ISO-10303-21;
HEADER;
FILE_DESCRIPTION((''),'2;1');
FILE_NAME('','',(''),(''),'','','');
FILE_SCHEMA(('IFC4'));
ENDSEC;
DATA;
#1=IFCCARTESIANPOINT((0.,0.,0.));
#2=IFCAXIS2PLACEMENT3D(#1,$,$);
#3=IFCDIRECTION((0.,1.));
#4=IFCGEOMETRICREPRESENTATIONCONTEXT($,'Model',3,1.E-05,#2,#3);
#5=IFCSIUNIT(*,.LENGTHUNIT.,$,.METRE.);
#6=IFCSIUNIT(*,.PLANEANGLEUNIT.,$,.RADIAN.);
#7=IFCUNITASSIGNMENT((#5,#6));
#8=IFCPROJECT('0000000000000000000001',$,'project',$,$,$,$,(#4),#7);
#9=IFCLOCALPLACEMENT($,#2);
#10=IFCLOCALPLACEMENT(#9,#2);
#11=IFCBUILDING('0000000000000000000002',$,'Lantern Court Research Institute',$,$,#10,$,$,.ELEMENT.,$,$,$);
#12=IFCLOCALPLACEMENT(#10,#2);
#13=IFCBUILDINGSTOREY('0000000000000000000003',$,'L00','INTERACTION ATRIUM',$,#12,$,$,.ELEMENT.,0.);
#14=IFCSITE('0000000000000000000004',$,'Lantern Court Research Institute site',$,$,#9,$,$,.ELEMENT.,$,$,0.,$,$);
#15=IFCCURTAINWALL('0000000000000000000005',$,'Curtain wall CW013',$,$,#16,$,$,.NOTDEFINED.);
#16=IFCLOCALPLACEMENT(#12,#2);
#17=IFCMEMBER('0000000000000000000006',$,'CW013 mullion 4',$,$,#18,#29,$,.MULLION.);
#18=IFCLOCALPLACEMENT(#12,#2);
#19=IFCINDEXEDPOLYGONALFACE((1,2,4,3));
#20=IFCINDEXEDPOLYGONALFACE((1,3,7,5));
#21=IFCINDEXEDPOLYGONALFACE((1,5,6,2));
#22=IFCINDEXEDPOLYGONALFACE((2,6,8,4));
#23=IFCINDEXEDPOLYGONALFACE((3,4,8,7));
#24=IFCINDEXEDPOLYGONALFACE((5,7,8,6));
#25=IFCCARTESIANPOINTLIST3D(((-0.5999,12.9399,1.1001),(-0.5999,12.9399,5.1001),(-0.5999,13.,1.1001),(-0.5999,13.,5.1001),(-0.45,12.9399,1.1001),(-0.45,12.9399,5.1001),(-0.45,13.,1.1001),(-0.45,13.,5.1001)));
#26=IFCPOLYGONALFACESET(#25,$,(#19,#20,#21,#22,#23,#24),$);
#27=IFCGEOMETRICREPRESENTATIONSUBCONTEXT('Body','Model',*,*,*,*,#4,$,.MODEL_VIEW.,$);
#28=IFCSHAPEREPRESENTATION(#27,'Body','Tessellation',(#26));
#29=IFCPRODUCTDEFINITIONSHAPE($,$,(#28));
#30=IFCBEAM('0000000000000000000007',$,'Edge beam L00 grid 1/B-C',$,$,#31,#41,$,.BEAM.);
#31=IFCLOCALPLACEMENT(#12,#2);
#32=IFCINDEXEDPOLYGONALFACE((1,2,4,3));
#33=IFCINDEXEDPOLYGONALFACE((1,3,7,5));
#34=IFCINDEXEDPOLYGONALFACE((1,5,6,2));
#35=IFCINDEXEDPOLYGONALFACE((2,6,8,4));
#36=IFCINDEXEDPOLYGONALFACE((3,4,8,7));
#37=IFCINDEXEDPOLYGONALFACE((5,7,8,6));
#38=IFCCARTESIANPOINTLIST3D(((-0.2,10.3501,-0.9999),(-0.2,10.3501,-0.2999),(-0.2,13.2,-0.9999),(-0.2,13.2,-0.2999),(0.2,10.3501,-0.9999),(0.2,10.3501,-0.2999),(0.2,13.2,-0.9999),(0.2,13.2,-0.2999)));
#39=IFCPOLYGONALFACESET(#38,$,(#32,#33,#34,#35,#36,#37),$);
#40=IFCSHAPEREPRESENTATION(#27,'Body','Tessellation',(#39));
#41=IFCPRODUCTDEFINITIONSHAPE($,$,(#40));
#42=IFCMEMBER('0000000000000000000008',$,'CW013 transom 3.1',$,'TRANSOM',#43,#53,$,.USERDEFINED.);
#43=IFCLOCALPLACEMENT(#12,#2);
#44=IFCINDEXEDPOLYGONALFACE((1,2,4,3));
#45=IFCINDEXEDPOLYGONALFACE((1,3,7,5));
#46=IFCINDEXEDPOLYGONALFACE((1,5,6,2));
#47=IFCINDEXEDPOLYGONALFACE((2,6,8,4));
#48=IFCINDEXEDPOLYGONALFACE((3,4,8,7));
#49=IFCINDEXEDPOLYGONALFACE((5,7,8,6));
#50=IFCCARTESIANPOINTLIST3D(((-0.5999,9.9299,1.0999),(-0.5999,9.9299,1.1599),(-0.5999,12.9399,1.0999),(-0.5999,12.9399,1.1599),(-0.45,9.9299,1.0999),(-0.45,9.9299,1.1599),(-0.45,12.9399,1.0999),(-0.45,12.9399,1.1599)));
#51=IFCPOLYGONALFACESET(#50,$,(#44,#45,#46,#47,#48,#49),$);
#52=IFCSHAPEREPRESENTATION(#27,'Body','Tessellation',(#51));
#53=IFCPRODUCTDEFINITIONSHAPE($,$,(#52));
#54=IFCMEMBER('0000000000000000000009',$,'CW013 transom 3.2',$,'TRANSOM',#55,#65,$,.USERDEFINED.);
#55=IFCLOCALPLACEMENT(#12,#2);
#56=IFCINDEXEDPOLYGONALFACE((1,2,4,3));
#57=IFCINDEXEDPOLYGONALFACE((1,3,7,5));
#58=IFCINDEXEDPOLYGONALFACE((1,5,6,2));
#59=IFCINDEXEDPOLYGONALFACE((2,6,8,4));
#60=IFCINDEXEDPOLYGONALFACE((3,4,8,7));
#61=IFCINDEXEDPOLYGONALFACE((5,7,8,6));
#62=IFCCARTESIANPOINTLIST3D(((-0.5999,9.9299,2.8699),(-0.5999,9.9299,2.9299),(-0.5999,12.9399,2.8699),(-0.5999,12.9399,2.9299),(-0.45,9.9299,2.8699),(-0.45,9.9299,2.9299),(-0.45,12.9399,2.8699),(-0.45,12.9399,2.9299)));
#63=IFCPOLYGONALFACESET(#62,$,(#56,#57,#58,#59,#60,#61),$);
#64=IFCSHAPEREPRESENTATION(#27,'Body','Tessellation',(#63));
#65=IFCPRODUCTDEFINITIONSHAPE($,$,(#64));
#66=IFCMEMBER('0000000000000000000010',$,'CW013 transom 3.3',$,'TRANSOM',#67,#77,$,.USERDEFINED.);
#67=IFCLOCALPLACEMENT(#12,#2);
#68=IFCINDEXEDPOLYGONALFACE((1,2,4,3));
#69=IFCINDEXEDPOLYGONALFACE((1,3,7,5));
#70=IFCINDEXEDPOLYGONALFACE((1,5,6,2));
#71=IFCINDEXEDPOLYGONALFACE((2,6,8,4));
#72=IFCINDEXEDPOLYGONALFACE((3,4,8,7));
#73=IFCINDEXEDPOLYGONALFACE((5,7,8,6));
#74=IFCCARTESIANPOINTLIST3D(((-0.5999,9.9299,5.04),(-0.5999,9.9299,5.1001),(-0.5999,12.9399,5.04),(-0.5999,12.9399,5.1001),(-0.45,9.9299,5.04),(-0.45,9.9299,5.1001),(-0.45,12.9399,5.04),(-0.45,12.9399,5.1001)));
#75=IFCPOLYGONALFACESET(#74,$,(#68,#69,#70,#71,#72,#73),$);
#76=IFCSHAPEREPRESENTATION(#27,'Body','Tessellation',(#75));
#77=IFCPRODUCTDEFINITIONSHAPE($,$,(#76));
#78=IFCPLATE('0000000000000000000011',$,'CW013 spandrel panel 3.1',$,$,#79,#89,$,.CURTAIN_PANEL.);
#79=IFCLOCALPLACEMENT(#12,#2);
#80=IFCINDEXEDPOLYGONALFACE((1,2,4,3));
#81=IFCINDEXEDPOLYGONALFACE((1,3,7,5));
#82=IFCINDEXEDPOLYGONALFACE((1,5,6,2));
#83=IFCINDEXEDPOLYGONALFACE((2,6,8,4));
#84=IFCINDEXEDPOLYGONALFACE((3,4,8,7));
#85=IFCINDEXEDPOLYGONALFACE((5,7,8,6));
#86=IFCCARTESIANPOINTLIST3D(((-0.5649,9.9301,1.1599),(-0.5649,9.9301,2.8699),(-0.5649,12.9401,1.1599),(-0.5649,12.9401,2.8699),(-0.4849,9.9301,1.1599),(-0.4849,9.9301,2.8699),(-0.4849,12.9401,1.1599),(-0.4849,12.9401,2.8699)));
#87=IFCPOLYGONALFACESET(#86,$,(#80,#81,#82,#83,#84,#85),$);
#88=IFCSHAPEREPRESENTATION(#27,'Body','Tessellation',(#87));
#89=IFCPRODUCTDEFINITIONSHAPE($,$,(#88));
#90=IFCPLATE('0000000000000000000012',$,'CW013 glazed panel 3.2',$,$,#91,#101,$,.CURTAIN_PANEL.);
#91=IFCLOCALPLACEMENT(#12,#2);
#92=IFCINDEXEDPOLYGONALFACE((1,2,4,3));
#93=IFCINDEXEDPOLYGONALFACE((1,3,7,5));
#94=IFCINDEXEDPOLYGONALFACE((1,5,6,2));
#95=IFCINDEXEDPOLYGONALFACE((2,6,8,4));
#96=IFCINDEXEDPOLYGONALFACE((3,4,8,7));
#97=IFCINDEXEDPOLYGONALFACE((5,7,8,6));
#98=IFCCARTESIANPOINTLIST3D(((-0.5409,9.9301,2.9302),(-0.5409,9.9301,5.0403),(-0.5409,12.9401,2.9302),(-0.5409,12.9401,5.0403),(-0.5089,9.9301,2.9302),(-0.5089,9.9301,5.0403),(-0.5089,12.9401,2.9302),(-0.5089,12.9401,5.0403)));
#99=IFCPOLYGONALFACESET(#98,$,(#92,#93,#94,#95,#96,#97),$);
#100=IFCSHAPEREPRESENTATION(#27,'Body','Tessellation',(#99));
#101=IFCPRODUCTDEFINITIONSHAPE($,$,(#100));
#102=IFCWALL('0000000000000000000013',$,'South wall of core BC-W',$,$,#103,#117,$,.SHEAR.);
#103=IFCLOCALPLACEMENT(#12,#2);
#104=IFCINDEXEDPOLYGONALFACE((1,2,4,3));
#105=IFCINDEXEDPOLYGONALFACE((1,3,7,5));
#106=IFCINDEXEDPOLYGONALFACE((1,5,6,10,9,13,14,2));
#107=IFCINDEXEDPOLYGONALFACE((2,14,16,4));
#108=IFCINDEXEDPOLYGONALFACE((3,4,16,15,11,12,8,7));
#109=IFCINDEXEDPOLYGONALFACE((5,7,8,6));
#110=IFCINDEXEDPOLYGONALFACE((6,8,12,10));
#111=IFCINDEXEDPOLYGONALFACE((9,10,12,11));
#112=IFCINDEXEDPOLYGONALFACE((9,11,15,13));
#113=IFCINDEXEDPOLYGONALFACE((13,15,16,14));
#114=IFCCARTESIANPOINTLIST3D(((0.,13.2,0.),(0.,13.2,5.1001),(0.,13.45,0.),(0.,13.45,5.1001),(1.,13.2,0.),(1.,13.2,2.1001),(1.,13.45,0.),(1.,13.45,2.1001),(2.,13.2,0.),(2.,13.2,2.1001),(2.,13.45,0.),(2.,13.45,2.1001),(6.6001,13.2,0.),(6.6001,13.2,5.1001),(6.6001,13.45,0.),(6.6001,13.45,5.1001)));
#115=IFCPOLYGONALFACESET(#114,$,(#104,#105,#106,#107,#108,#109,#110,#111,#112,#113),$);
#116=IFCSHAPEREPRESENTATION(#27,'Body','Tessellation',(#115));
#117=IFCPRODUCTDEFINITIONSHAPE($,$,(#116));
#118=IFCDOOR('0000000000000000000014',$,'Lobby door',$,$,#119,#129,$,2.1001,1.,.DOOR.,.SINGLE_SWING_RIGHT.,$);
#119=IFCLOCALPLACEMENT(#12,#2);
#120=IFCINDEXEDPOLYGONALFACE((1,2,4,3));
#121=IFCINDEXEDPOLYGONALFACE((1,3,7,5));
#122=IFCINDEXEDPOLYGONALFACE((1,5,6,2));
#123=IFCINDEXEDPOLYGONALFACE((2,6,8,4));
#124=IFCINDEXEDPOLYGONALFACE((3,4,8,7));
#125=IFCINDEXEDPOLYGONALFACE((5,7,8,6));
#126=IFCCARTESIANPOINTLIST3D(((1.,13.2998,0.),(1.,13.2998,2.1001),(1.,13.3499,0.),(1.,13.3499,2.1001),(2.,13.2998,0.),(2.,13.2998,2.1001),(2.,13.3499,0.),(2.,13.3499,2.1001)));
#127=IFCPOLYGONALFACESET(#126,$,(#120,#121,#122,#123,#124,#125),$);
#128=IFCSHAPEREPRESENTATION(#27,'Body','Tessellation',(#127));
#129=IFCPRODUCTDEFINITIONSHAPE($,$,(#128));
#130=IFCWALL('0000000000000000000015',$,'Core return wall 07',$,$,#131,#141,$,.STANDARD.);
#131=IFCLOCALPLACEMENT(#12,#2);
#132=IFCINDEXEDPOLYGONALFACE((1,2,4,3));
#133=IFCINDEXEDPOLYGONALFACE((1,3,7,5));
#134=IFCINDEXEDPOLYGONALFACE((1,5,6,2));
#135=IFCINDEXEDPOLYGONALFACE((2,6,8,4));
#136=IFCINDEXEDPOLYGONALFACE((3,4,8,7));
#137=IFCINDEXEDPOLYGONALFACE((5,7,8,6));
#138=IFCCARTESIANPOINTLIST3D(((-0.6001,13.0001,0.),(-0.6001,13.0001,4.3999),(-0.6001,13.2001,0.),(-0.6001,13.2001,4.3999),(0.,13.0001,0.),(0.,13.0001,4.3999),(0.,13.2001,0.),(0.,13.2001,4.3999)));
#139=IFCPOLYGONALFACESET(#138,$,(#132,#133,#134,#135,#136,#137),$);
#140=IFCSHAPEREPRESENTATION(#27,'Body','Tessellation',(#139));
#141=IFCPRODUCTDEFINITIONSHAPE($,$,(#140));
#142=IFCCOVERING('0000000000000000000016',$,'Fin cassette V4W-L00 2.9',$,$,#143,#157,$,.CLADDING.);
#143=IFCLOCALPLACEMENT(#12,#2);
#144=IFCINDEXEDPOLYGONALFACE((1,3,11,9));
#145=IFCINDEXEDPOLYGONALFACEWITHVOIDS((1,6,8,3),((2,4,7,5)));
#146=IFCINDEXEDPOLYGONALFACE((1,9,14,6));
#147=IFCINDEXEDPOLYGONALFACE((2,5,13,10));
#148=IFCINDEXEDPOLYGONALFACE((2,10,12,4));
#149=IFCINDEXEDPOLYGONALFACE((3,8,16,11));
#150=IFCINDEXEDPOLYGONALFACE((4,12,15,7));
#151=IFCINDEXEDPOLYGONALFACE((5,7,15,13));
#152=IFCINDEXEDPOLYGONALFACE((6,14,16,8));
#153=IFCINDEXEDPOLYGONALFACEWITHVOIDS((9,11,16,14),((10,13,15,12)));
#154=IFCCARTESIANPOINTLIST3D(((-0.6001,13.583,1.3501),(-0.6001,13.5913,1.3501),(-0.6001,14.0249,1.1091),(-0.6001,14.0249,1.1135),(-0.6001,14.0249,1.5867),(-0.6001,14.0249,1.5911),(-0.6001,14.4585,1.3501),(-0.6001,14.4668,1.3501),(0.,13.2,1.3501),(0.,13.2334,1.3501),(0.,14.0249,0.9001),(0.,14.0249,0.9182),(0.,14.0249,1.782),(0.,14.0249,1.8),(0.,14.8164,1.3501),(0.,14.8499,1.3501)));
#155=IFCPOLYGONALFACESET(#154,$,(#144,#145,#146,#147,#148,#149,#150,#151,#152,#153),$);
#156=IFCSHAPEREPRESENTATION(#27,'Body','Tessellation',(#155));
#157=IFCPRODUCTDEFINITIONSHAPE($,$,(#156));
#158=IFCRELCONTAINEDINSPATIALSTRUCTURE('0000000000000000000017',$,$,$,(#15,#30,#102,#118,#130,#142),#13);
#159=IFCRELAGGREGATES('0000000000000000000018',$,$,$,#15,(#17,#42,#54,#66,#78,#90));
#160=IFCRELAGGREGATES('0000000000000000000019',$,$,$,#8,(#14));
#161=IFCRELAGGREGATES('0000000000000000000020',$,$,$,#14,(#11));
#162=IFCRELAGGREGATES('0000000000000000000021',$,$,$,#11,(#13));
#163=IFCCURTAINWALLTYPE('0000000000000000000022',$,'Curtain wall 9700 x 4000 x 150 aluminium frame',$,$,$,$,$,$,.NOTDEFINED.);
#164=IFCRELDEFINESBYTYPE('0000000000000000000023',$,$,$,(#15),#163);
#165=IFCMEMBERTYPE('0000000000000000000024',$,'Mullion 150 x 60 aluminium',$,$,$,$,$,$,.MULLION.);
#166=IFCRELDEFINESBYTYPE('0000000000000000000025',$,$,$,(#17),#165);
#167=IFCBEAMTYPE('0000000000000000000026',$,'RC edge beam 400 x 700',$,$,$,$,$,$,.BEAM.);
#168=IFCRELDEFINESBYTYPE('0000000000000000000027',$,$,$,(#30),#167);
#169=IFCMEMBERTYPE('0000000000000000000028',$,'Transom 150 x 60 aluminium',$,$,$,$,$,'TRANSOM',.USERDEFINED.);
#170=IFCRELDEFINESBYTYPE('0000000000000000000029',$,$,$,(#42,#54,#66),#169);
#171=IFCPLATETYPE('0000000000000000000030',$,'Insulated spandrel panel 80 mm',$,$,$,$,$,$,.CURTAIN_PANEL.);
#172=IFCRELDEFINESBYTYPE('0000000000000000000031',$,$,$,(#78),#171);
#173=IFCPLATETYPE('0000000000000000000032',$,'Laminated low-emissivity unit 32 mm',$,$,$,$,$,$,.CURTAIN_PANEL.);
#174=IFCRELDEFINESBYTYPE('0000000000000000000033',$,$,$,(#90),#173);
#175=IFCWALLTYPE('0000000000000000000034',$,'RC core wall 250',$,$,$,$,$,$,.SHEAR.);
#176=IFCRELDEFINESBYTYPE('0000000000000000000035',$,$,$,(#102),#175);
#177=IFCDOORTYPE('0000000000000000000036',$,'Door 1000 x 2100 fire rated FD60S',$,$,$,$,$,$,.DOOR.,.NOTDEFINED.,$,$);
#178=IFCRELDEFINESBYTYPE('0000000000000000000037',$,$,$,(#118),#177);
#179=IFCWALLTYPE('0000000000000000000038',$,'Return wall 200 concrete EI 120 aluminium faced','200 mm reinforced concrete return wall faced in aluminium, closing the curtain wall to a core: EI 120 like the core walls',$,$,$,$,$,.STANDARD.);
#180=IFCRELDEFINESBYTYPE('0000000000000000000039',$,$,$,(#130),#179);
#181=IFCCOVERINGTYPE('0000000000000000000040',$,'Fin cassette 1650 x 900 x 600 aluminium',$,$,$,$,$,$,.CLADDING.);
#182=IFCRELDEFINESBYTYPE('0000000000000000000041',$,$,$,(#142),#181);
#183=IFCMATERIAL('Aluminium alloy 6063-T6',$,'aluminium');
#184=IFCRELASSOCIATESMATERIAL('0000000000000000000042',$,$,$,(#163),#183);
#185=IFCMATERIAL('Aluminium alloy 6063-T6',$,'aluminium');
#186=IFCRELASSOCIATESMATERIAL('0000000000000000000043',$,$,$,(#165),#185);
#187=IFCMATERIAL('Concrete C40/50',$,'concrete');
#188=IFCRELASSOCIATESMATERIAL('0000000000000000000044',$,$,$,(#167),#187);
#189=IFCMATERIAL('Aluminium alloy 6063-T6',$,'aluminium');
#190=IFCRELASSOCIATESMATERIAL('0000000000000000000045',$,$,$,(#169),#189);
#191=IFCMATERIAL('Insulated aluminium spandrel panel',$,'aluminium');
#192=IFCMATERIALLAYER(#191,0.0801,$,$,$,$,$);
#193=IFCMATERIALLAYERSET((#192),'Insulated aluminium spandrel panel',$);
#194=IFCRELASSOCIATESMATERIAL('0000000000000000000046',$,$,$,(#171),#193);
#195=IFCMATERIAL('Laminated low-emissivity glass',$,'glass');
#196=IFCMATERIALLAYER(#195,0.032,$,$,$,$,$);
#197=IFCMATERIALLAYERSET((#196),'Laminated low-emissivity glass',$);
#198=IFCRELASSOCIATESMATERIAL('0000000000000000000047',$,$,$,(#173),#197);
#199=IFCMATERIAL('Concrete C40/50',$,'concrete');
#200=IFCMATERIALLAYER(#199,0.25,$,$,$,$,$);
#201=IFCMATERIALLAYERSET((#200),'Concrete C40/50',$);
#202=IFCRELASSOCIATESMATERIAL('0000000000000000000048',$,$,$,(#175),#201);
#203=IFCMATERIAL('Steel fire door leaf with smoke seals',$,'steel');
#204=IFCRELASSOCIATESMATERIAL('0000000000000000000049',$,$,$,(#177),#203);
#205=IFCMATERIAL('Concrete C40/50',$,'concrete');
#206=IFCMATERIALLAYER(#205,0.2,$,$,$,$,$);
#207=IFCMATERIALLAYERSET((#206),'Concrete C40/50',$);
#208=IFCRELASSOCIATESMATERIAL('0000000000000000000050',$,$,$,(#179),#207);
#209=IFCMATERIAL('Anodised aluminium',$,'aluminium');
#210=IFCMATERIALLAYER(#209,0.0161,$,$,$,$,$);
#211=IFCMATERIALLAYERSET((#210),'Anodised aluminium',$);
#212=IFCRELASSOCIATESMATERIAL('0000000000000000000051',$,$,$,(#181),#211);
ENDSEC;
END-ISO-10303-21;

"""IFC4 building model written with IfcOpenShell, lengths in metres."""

from ifc_helpers import new_model, entity, si_unit, direction, frame, frame_2d, origin, origin_2d, place, context, subcontext, project, spatial, rectangle, extrude, material, layer, layer_set, material_profile, profile_set, type_object, element, fill, aggregate, save


model = new_model("IFC4")

# Units and contexts
model_context = context("Model", 3, precision=1e-05, world=origin(), true_north=direction((0.0, 1.0)))
body_context = subcontext(model_context, "Body", "Model", "MODEL_VIEW")
ifc_project = project(units=[si_unit("LENGTHUNIT", "METRE"), si_unit("PLANEANGLEUNIT", "RADIAN")], contexts=[model_context])

# Site, building, storey
site_placement = place(None, origin())
site = spatial("IfcSite", under=ifc_project, at=site_placement, Name="Lantern Court Research Institute site", CompositionType="ELEMENT", RefElevation=0.0)
building_placement = place(site_placement, origin())
building = spatial("IfcBuilding", under=site, at=building_placement, Name="Lantern Court Research Institute", CompositionType="ELEMENT")
storey_placement = place(building_placement, origin())
storey = spatial("IfcBuildingStorey", under=building, at=storey_placement, Name="L00", Description="INTERACTION ATRIUM", CompositionType="ELEMENT", Elevation=0.0)

# Curtain wall, member
ifc_material_1 = material(Name="Aluminium alloy 6063-T6", Category="aluminium")
curtain_wall_type = type_object("IfcCurtainWallType", Name="Curtain wall 9700 x 4000 x 150 aluminium frame", PredefinedType="NOTDEFINED", material=ifc_material_1)
curtain_wall_placement = place(storey_placement, origin())
curtain_wall = element("IfcCurtainWall", 1, at=curtain_wall_placement, inside=storey, type_object=curtain_wall_type, Name="Curtain wall CW013", PredefinedType="NOTDEFINED")
ifc_material_2 = material(Name="Aluminium alloy 6063-T6", Category="aluminium")
ifc_material_profile_1 = material_profile(ifc_material_2, rectangle(XDim=0.1499, YDim=0.0601, at=origin_2d()), Name="Mullion 150 x 60")
ifc_profile_set_1 = profile_set([ifc_material_profile_1], Name="Aluminium alloy 6063-T6")
member_type_1 = type_object("IfcMemberType", Name="Mullion 150 x 60 aluminium", PredefinedType="MULLION", material=ifc_profile_set_1)
member_1_placement = place(storey_placement, frame((-0.5249, 12.97, 1.1001), z_axis=(0.0, 0.0, 1.0), x_axis=(-1.0, 0.0, 0.0)))
member_1 = element("IfcMember", 2, at=member_1_placement, type_object=member_type_1, Name="CW013 mullion 4", PredefinedType="MULLION", context=body_context, shape_type="SweptSolid", body=[
    extrude(rectangle(XDim=0.1499, YDim=0.0601, at=origin_2d()), origin(), (0.0, 0.0, 1.0), 4.0),
])

# Beam
ifc_material_3 = material(Name="Concrete C40/50", Category="concrete")
ifc_material_profile_2 = material_profile(ifc_material_3, rectangle(XDim=0.3999, YDim=0.7, at=origin_2d()), Name="RC beam 400 x 700")
ifc_profile_set_2 = profile_set([ifc_material_profile_2], Name="Concrete C40/50")
beam_type = type_object("IfcBeamType", Name="RC edge beam 400 x 700", PredefinedType="BEAM", material=ifc_profile_set_2)
beam_placement = place(storey_placement, frame((0.0, 10.3501, -0.6499), z_axis=(0.0, 1.0, 0.0), x_axis=(-1.0, 0.0, 0.0)))
element("IfcBeam", 3, at=beam_placement, inside=storey, type_object=beam_type, Name="Edge beam L00 grid 1/B-C", PredefinedType="BEAM", context=body_context, shape_type="SweptSolid", body=[
    extrude(rectangle(XDim=0.3999, YDim=0.7, at=origin_2d()), origin(), (0.0, 0.0, 1.0), 2.8499),
])

# Members
ifc_material_4 = material(Name="Aluminium alloy 6063-T6", Category="aluminium")
ifc_material_profile_3 = material_profile(ifc_material_4, rectangle(XDim=0.1499, YDim=0.0601, at=origin_2d()), Name="Transom 150 x 60")
ifc_profile_set_3 = profile_set([ifc_material_profile_3], Name="Aluminium alloy 6063-T6")
member_type_2 = type_object("IfcMemberType", Name="Transom 150 x 60 aluminium", ElementType="TRANSOM", PredefinedType="USERDEFINED", material=ifc_profile_set_3)
member_2_placement = place(storey_placement, frame((-0.5249, 9.9299, 1.1299), z_axis=(0.0, 1.0, 0.0), x_axis=(-1.0, 0.0, 0.0)))
member_2 = element("IfcMember", 4, at=member_2_placement, type_object=member_type_2, Name="CW013 transom 3.1", ObjectType="TRANSOM", PredefinedType="USERDEFINED", context=body_context, shape_type="SweptSolid", body=[
    extrude(rectangle(XDim=0.1499, YDim=0.0601, at=origin_2d()), origin(), (0.0, 0.0, 1.0), 3.01),
])
member_3_placement = place(storey_placement, frame((-0.5249, 9.9299, 2.8999), z_axis=(0.0, 1.0, 0.0), x_axis=(-1.0, 0.0, 0.0)))
member_3 = element("IfcMember", 5, at=member_3_placement, type_object=member_type_2, Name="CW013 transom 3.2", ObjectType="TRANSOM", PredefinedType="USERDEFINED", context=body_context, shape_type="SweptSolid", body=[
    extrude(rectangle(XDim=0.1499, YDim=0.0601, at=origin_2d()), origin(), (0.0, 0.0, 1.0), 3.01),
])
member_4_placement = place(storey_placement, frame((-0.5249, 9.9299, 5.0701), z_axis=(0.0, 1.0, 0.0), x_axis=(-1.0, 0.0, 0.0)))
member_4 = element("IfcMember", 6, at=member_4_placement, type_object=member_type_2, Name="CW013 transom 3.3", ObjectType="TRANSOM", PredefinedType="USERDEFINED", context=body_context, shape_type="SweptSolid", body=[
    extrude(rectangle(XDim=0.1499, YDim=0.0601, at=origin_2d()), origin(), (0.0, 0.0, 1.0), 3.01),
])

# Plates
ifc_material_5 = material(Name="Insulated aluminium spandrel panel", Category="aluminium")
ifc_layer_1 = layer(ifc_material_5, 0.0801)
ifc_layer_set_1 = layer_set([ifc_layer_1], Name="Insulated aluminium spandrel panel")
plate_type_1 = type_object("IfcPlateType", Name="Insulated spandrel panel 80 mm", PredefinedType="CURTAIN_PANEL", material=ifc_layer_set_1)
plate_1_placement = place(storey_placement, frame((-0.5249, 11.4351, 1.1599), z_axis=(0.0, 0.0, 1.0), x_axis=(0.0, 1.0, 0.0)))
plate_1 = element("IfcPlate", 7, at=plate_1_placement, type_object=plate_type_1, Name="CW013 spandrel panel 3.1", PredefinedType="CURTAIN_PANEL", context=body_context, shape_type="SweptSolid", body=[
    extrude(rectangle(XDim=3.01, YDim=0.0801, at=origin_2d()), origin(), (0.0, 0.0, 1.0), 1.71),
])
ifc_material_6 = material(Name="Laminated low-emissivity glass", Category="glass")
ifc_layer_2 = layer(ifc_material_6, 0.032)
ifc_layer_set_2 = layer_set([ifc_layer_2], Name="Laminated low-emissivity glass")
plate_type_2 = type_object("IfcPlateType", Name="Laminated low-emissivity unit 32 mm", PredefinedType="CURTAIN_PANEL", material=ifc_layer_set_2)
plate_2_placement = place(storey_placement, frame((-0.5249, 11.4351, 2.9302), z_axis=(0.0, 0.0, 1.0), x_axis=(0.0, 1.0, 0.0)))
plate_2 = element("IfcPlate", 8, at=plate_2_placement, type_object=plate_type_2, Name="CW013 glazed panel 3.2", PredefinedType="CURTAIN_PANEL", context=body_context, shape_type="SweptSolid", body=[
    extrude(rectangle(XDim=3.01, YDim=0.032, at=origin_2d()), origin(), (0.0, 0.0, 1.0), 2.1101),
])
aggregate(curtain_wall, [member_1, member_2, member_3, member_4, plate_1, plate_2])

# Wall, opening, door
ifc_material_7 = material(Name="Concrete C40/50", Category="concrete")
ifc_layer_3 = layer(ifc_material_7, 0.25)
ifc_layer_set_3 = layer_set([ifc_layer_3], Name="Concrete C40/50")
wall_type_1 = type_object("IfcWallType", Name="RC core wall 250", PredefinedType="SHEAR", material=ifc_layer_set_3)
wall_1_placement = place(storey_placement, frame((0.0, 13.325, 0.0), z_axis=(0.0, 0.0, 1.0), x_axis=(1.0, 0.0, 0.0)))
wall_1 = element("IfcWall", 9, at=wall_1_placement, inside=storey, type_object=wall_type_1, Name="South wall of core BC-W", PredefinedType="SHEAR", context=body_context, shape_type="SweptSolid", body=[
    extrude(rectangle(XDim=6.6001, YDim=0.25, at=frame_2d((3.3, 0.0))), origin(), (0.0, 0.0, 1.0), 5.1001),
])
opening_placement = place(wall_1_placement, frame((1.0, 0.0, 0.0)))
opening = element("IfcOpeningElement", 10, at=opening_placement, cuts=wall_1, PredefinedType="OPENING", context=body_context, shape_type="SweptSolid", body=[
    extrude(rectangle(XDim=1.0, YDim=2.1001, at=frame_2d((0.5, 1.05))), frame((0.0, 0.135, 0.0), z_axis=(0.0, -1.0, 0.0), x_axis=(1.0, 0.0, 0.0)), (0.0, 0.0, 1.0), 0.27),
])
ifc_material_8 = material(Name="Steel fire door leaf with smoke seals", Category="steel")
door_type = type_object("IfcDoorType", Name="Door 1000 x 2100 fire rated FD60S", OperationType="NOTDEFINED", PredefinedType="DOOR", material=ifc_material_8)
door_placement = place(opening_placement, origin())
door = element("IfcDoor", 11, at=door_placement, inside=storey, type_object=door_type, Name="Lobby door", OperationType="SINGLE_SWING_RIGHT", OverallHeight=2.1001, OverallWidth=1.0, PredefinedType="DOOR", context=body_context, shape_type="SweptSolid", body=[
    extrude(rectangle(XDim=1.0, YDim=2.1001, at=frame_2d((0.5, 1.05))), frame((0.0, 0.0249, 0.0), z_axis=(0.0, -1.0, 0.0), x_axis=(1.0, 0.0, 0.0)), (0.0, 0.0, 1.0), 0.05),
])
fill(opening, door)

# Wall
ifc_material_9 = material(Name="Concrete C40/50", Category="concrete")
ifc_layer_4 = layer(ifc_material_9, 0.2)
ifc_layer_set_4 = layer_set([ifc_layer_4], Name="Concrete C40/50")
wall_type_2 = type_object("IfcWallType", Name="Return wall 200 concrete EI 120 aluminium faced", Description="200 mm reinforced concrete return wall faced in aluminium, closing the curtain wall to a core: EI 120 like the core walls", PredefinedType="STANDARD", material=ifc_layer_set_4)
wall_2_placement = place(storey_placement, frame((0.0, 13.1001, 0.0), z_axis=(0.0, 0.0, 1.0), x_axis=(-1.0, 0.0, 0.0)))
element("IfcWall", 12, at=wall_2_placement, inside=storey, type_object=wall_type_2, Name="Core return wall 07", PredefinedType="STANDARD", context=body_context, shape_type="SweptSolid", body=[
    extrude(rectangle(XDim=0.6001, YDim=0.2, at=frame_2d((0.3, 0.0))), origin(), (0.0, 0.0, 1.0), 4.3999),
])

# Covering
ifc_material_10 = material(Name="Anodised aluminium", Category="aluminium")
ifc_layer_5 = layer(ifc_material_10, 0.0161)
ifc_layer_set_5 = layer_set([ifc_layer_5], Name="Anodised aluminium")
covering_type = type_object("IfcCoveringType", Name="Fin cassette 1650 x 900 x 600 aluminium", PredefinedType="CLADDING", material=ifc_layer_set_5)
covering_1_placement = place(storey_placement, frame((0.0, 14.0249, 1.3501), z_axis=(-1.0, 0.0, 0.0), x_axis=(0.0, -1.0, 0.0)))
cartesian_point_1 = entity("IfcCartesianPoint", [0.825, 0.0])
cartesian_point_2 = entity("IfcCartesianPoint", [0.7915, 0.0])
cartesian_point_3 = entity("IfcCartesianPoint", [0.4419, 0.0])
cartesian_point_4 = entity("IfcCartesianPoint", [0.4336, 0.0])
element("IfcCovering", 13, at=covering_1_placement, inside=storey, type_object=covering_type, Name="Fin cassette V4W-L00 2.9", PredefinedType="CLADDING", context=body_context, shape_type="SweptSolid", body=[
    entity("IfcExtrudedAreaSolidTapered", entity("IfcArbitraryProfileDefWithVoids", "AREA", None, entity("IfcPolyline", [cartesian_point_1, entity("IfcCartesianPoint", [0.0, 0.45]), entity("IfcCartesianPoint", [-0.825, 0.0]), entity("IfcCartesianPoint", [0.0, -0.45]), cartesian_point_1]), [entity("IfcPolyline", [cartesian_point_2, entity("IfcCartesianPoint", [0.0, 0.4319]), entity("IfcCartesianPoint", [-0.7915, 0.0]), entity("IfcCartesianPoint", [0.0, -0.4319]), cartesian_point_2])]), entity("IfcAxis2Placement3D", entity("IfcCartesianPoint", [0.0, 0.0, 0.0])), entity("IfcDirection", [0.0, 0.0, 1.0]), 0.6001, entity("IfcArbitraryProfileDefWithVoids", "AREA", None, entity("IfcPolyline", [cartesian_point_3, entity("IfcCartesianPoint", [0.0, 0.241]), entity("IfcCartesianPoint", [-0.4419, 0.0]), entity("IfcCartesianPoint", [0.0, -0.241]), cartesian_point_3]), [entity("IfcPolyline", [cartesian_point_4, entity("IfcCartesianPoint", [0.0, 0.2366]), entity("IfcCartesianPoint", [-0.4336, 0.0]), entity("IfcCartesianPoint", [0.0, -0.2366]), cartesian_point_4])])),
])

save(model, "model.ifc")
